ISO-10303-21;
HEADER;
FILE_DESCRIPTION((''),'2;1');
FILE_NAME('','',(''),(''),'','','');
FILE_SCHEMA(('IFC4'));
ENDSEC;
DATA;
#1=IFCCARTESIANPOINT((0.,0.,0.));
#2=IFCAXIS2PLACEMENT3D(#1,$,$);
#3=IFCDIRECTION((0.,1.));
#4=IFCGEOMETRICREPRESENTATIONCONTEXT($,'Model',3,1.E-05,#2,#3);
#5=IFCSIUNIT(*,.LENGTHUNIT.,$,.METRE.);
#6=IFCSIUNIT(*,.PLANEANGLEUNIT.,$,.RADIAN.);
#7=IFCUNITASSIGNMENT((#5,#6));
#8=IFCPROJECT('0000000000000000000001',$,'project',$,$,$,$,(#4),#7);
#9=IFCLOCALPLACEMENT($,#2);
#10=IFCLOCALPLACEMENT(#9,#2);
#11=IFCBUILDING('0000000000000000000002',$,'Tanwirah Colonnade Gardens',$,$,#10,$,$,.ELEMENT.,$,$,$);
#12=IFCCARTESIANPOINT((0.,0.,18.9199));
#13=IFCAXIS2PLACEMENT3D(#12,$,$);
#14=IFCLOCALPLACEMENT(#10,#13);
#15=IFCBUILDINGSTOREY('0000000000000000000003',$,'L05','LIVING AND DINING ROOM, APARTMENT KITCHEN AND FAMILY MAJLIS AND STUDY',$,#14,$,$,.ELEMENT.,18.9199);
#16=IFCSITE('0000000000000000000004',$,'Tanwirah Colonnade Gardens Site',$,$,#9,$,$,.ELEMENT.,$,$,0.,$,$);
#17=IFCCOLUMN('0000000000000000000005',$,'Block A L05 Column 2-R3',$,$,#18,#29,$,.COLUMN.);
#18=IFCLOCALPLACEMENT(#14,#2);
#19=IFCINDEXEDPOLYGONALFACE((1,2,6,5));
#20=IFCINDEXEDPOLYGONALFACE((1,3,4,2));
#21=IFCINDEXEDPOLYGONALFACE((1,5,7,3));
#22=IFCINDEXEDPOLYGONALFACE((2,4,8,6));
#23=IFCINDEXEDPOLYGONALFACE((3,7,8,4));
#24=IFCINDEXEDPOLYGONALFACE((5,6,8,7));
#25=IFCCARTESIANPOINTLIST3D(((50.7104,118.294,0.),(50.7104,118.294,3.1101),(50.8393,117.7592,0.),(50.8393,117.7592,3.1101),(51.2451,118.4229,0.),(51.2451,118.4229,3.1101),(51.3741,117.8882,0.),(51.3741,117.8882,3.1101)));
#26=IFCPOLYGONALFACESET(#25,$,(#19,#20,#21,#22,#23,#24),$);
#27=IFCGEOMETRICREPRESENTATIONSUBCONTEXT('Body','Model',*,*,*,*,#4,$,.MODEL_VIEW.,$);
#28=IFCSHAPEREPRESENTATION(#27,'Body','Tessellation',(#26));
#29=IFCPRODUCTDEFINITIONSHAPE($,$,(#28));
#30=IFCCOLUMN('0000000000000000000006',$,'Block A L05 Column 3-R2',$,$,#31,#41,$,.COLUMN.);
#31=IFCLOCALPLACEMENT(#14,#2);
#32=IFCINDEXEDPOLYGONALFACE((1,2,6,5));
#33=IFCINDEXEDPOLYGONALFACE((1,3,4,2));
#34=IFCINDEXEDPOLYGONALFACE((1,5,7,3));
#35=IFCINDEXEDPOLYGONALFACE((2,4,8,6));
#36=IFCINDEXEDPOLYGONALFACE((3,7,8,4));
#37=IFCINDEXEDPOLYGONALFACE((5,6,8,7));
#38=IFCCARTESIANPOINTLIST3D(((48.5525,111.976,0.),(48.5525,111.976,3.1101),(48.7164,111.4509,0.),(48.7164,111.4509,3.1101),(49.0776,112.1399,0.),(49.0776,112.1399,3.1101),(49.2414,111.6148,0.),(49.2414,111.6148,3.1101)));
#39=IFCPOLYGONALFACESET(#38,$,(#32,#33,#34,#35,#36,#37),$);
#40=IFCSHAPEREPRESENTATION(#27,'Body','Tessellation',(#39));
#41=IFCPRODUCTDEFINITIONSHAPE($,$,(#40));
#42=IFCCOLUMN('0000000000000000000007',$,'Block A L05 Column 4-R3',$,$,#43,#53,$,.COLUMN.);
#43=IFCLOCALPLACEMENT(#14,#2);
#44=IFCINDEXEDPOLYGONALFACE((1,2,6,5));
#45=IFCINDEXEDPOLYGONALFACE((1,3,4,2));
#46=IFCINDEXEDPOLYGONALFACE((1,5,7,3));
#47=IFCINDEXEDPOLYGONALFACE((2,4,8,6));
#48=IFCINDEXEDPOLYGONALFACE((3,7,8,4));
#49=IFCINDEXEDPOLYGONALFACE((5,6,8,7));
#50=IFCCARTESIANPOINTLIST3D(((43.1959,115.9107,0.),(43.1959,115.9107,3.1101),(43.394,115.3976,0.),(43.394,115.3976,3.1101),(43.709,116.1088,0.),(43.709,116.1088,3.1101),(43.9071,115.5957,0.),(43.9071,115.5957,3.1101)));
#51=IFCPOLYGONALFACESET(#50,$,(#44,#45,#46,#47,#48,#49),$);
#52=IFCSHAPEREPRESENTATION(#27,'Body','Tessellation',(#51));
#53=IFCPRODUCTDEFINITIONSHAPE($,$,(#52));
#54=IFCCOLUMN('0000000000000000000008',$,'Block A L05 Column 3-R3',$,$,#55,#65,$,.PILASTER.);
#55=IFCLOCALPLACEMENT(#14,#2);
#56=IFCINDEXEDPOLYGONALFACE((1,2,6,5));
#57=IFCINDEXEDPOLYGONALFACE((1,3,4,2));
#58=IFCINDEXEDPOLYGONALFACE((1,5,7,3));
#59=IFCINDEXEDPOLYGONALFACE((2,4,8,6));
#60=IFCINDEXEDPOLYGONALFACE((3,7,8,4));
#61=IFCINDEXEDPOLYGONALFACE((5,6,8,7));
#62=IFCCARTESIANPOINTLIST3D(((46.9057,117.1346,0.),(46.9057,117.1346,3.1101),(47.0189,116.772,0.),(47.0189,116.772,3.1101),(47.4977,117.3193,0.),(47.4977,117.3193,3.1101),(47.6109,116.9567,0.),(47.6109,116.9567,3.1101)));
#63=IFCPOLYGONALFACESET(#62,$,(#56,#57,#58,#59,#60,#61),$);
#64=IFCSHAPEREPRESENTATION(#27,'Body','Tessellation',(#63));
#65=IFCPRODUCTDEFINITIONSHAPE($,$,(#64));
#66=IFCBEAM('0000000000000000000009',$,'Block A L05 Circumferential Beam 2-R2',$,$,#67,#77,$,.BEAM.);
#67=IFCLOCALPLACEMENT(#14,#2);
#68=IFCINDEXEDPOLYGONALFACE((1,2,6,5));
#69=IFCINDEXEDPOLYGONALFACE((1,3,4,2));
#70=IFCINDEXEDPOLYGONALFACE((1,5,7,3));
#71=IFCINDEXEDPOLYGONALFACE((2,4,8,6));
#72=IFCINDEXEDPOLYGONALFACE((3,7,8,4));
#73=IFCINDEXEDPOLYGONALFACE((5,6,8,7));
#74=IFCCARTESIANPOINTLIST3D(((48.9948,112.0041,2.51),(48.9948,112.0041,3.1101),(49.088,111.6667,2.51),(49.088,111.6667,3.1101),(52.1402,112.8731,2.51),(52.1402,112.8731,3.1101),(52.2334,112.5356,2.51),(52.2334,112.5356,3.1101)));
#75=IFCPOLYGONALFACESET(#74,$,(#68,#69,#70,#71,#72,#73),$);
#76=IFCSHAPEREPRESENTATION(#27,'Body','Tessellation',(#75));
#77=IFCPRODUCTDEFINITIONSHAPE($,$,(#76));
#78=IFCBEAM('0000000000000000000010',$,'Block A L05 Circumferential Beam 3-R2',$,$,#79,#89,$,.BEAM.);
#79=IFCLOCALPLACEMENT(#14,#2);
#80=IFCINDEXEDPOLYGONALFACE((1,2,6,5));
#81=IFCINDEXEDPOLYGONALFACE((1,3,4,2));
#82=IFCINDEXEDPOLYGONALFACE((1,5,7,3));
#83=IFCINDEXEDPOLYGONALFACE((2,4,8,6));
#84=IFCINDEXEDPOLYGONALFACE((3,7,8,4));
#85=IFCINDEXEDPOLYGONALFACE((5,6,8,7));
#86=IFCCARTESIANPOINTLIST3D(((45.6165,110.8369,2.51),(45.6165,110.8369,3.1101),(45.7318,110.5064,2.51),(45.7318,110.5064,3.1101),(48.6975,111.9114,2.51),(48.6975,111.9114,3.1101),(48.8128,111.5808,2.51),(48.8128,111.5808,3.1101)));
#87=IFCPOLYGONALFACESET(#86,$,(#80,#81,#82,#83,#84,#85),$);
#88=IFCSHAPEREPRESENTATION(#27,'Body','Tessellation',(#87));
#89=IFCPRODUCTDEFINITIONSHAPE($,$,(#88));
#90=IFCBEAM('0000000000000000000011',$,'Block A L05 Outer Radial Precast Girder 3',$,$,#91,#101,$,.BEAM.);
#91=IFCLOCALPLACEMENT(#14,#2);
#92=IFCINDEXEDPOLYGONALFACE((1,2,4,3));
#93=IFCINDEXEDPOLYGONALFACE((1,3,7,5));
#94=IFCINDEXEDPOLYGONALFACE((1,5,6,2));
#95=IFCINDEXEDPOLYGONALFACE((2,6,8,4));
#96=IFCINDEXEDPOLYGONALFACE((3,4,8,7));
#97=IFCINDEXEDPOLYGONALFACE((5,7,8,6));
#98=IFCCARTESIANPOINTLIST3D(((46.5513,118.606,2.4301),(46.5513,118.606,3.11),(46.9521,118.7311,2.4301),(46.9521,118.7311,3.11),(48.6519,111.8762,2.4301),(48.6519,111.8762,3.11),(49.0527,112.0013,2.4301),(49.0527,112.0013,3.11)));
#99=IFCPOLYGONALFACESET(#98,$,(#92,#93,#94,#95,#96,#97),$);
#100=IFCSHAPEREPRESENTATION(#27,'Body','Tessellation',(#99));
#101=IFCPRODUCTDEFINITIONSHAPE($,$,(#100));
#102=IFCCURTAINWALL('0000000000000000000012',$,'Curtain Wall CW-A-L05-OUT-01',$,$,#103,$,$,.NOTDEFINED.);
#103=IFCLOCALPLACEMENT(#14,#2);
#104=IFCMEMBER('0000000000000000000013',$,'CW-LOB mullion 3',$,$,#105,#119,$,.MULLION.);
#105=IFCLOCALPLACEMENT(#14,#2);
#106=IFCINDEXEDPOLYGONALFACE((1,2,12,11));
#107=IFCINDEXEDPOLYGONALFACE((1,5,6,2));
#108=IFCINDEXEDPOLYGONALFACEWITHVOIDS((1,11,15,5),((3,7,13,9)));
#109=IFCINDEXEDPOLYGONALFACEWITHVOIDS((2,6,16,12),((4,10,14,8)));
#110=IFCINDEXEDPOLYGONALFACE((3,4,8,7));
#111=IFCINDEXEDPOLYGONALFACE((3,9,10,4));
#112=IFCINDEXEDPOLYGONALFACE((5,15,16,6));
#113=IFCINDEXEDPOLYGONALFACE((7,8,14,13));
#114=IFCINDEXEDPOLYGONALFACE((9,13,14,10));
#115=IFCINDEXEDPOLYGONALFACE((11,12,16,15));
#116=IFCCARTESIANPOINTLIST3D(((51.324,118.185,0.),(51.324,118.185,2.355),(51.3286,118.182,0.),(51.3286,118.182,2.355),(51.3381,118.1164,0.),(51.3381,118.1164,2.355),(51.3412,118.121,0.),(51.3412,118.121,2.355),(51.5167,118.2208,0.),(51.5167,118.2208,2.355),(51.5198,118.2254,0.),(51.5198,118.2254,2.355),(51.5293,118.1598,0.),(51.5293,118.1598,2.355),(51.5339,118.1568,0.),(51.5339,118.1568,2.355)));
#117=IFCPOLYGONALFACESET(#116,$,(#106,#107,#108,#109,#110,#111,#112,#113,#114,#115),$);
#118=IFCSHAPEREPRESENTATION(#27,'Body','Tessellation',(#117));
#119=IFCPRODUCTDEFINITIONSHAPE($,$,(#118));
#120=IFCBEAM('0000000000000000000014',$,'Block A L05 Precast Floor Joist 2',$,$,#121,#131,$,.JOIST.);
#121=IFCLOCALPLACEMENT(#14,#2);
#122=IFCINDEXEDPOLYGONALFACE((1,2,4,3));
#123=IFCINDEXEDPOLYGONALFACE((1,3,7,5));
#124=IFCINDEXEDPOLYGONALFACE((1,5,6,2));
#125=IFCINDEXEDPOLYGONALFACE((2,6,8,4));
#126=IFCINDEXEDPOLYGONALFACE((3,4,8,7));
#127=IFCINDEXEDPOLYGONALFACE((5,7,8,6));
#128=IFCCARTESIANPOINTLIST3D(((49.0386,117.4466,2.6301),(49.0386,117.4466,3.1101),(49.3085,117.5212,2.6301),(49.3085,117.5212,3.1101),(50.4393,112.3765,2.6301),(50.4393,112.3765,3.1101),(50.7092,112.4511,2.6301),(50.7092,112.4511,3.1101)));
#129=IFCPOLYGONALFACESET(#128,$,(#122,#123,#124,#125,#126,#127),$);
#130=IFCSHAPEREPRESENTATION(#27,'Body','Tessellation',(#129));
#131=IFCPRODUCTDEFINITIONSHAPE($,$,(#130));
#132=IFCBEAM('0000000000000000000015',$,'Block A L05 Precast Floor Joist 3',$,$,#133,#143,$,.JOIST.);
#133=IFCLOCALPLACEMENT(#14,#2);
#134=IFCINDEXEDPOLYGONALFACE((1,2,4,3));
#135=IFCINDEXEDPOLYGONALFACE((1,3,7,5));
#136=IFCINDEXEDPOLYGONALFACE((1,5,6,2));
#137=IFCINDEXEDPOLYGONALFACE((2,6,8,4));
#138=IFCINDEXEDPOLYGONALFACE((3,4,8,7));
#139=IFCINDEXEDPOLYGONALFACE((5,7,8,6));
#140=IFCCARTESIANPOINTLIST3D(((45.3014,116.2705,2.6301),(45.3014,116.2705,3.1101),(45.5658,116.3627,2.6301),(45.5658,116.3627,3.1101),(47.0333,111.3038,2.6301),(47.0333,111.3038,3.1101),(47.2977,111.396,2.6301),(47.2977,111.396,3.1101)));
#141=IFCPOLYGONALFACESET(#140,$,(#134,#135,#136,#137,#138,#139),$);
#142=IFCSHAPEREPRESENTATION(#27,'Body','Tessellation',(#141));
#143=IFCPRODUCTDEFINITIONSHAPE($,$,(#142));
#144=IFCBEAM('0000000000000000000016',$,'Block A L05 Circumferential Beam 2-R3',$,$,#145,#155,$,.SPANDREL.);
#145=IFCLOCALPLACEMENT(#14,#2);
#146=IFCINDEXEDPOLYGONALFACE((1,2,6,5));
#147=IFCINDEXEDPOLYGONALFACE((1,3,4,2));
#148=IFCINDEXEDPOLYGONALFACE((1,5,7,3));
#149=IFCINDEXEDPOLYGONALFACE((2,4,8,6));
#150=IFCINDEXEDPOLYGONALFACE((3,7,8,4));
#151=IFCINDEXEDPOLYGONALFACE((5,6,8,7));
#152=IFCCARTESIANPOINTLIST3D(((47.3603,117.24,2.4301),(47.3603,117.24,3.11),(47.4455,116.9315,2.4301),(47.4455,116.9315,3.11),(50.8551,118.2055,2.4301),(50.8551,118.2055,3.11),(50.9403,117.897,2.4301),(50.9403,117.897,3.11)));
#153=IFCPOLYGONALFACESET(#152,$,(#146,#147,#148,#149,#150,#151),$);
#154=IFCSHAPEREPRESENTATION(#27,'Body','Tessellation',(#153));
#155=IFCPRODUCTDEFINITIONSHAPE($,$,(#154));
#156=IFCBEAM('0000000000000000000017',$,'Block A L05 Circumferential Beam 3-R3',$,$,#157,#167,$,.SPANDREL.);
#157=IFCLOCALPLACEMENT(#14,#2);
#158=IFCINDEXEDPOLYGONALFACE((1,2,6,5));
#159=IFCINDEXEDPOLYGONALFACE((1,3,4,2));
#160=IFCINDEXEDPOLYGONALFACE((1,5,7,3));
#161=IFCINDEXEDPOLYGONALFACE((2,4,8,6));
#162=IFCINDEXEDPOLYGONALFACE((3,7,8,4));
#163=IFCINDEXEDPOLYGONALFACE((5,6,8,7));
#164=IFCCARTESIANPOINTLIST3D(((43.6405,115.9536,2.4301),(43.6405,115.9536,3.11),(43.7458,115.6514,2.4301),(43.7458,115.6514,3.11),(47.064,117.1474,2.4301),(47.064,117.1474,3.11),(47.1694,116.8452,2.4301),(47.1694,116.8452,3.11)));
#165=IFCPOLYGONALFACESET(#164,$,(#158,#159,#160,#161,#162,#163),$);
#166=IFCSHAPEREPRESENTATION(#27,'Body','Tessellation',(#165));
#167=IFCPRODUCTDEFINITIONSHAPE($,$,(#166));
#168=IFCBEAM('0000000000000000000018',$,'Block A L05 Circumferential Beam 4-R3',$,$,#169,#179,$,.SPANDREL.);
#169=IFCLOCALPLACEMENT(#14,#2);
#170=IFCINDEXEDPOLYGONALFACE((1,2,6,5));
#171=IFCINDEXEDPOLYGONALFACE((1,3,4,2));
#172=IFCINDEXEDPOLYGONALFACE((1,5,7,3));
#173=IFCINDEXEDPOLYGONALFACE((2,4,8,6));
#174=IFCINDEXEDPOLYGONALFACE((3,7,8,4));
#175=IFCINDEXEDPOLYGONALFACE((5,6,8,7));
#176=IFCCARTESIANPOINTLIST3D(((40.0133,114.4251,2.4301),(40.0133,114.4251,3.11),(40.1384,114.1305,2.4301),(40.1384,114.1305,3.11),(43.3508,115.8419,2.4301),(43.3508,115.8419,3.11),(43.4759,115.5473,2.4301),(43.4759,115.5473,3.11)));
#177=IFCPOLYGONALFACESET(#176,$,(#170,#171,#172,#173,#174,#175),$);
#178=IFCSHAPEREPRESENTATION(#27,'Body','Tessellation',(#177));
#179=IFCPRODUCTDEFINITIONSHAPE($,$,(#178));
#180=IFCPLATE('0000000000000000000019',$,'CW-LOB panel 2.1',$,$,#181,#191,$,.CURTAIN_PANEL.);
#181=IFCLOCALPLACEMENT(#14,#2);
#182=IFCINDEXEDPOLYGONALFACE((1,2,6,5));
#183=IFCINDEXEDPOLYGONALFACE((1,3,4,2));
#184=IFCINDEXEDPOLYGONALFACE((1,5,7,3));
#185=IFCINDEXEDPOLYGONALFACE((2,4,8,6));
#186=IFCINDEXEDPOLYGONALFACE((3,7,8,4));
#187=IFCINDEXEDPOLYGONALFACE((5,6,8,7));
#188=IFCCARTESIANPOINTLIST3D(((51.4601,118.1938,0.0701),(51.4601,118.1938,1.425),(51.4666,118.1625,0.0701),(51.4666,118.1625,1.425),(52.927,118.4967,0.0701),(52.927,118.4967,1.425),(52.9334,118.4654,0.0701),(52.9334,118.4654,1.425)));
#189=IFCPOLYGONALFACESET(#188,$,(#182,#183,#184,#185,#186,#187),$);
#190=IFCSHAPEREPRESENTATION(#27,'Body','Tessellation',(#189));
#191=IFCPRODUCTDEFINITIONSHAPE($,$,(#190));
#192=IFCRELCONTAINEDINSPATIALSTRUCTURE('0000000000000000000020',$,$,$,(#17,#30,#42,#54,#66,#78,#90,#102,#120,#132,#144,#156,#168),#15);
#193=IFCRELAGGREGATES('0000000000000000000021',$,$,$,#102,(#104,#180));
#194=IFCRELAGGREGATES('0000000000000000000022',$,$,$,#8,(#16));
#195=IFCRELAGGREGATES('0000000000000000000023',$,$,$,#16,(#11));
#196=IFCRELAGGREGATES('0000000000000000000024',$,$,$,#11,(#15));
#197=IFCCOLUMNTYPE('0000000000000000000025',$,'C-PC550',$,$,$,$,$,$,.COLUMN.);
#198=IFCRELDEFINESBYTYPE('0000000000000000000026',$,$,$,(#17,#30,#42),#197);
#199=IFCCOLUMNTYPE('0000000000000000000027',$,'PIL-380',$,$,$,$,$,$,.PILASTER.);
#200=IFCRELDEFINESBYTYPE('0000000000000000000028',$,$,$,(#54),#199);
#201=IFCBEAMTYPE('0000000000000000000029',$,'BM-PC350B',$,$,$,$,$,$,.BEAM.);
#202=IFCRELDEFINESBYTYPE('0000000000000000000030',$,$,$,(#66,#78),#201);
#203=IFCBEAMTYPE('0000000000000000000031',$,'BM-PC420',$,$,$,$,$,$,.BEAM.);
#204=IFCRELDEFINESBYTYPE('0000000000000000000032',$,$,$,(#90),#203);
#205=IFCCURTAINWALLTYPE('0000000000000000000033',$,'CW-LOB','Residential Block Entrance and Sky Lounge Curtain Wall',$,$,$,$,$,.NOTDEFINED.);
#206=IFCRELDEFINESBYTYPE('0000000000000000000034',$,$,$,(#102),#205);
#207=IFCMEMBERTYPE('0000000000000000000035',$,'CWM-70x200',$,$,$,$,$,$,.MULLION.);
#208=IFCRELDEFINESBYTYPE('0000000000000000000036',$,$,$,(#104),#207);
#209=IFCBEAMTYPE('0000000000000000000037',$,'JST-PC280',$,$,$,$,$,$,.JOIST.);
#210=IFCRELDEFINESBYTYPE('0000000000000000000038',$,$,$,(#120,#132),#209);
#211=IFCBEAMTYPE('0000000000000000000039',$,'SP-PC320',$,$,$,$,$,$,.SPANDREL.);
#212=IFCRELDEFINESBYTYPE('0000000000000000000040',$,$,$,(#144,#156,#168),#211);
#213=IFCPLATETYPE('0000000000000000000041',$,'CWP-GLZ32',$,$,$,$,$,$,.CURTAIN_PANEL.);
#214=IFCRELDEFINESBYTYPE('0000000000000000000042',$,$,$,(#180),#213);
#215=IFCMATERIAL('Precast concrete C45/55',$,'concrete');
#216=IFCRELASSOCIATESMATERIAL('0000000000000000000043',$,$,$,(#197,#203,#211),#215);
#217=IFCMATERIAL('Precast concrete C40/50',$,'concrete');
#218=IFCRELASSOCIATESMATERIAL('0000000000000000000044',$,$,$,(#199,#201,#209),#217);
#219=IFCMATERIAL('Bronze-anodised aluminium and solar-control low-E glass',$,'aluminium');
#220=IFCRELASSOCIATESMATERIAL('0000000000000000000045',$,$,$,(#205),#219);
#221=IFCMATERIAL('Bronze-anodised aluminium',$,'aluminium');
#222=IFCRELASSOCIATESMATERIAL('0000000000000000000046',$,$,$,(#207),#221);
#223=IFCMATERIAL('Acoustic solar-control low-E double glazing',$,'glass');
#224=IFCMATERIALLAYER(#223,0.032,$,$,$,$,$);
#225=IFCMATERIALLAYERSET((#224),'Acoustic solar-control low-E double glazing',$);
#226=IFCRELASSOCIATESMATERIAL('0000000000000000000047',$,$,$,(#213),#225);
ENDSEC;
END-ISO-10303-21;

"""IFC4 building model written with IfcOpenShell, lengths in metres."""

from ifc_helpers import new_model, si_unit, direction, frame, origin, origin_2d, place, context, subcontext, project, spatial, rectangle, hollow_rectangle, extrude, material, layer, layer_set, material_profile, profile_set, type_object, element, aggregate, save


model = new_model("IFC4")

# Units and contexts
model_context = context("Model", 3, precision=1e-05, world=origin(), true_north=direction((0.0, 1.0)))
body_context = subcontext(model_context, "Body", "Model", "MODEL_VIEW")
ifc_project = project(units=[si_unit("LENGTHUNIT", "METRE"), si_unit("PLANEANGLEUNIT", "RADIAN")], contexts=[model_context])

# Site, building, storey
site_placement = place(None, origin())
site = spatial("IfcSite", under=ifc_project, at=site_placement, Name="Tanwirah Colonnade Gardens Site", CompositionType="ELEMENT", RefElevation=0.0)
building_placement = place(site_placement, origin())
building = spatial("IfcBuilding", under=site, at=building_placement, Name="Tanwirah Colonnade Gardens", CompositionType="ELEMENT")
storey_placement = place(building_placement, frame((0.0, 0.0, 18.9199)))
storey = spatial("IfcBuildingStorey", under=building, at=storey_placement, Name="L05", Description="LIVING AND DINING ROOM, APARTMENT KITCHEN AND FAMILY MAJLIS AND STUDY", CompositionType="ELEMENT", Elevation=18.9199)

# Columns
ifc_material_1 = material(Name="Precast concrete C45/55", Category="concrete")
ifc_material_profile_1 = material_profile(ifc_material_1, rectangle(XDim=0.55, YDim=0.55, at=origin_2d()), Name="PC-COL 550x550")
ifc_profile_set_1 = profile_set([ifc_material_profile_1], Name="Precast concrete C45/55")
column_type_1 = type_object("IfcColumnType", Name="C-PC550", PredefinedType="COLUMN", material=ifc_profile_set_1)
for number, where, z_axis, x_axis, name in (
    (1, (51.0422, 118.0911, 0.0), (0.0, 0.0, 1.0), (-0.234388, 0.972143, 0.0), "Block A L05 Column 2-R3"),
    (2, (48.897, 111.7954, 0.0), (0.0, 0.0, 1.0), (-0.29793, 0.954588, 0.0), "Block A L05 Column 3-R2"),
    (3, (43.5515, 115.7532, 0.0), (0.0, 0.0, 1.0), (-0.360178, 0.932884, 0.0), "Block A L05 Column 4-R3"),
):
    element("IfcColumn", number, at=place(storey_placement, frame(where, z_axis=z_axis, x_axis=x_axis)), inside=storey, type_object=column_type_1, Name=name, PredefinedType="COLUMN", context=body_context, shape_type="SweptSolid", body=[
        extrude(rectangle(XDim=0.55, YDim=0.55, at=origin_2d()), origin(), (0.0, 0.0, 1.0), 3.1101),
    ])
ifc_material_2 = material(Name="Precast concrete C40/50", Category="concrete")
ifc_material_profile_2 = material_profile(ifc_material_2, rectangle(XDim=0.3799, YDim=0.6201, at=origin_2d()), Name="PC-PIL 380x620")
ifc_profile_set_2 = profile_set([ifc_material_profile_2], Name="Precast concrete C40/50")
column_type_2 = type_object("IfcColumnType", Name="PIL-380", PredefinedType="PILASTER", material=ifc_profile_set_2)
column_placement = place(storey_placement, frame((47.2583, 117.0457, 0.0), z_axis=(0.0, 0.0, 1.0), x_axis=(-0.29793, 0.954588, 0.0)))
element("IfcColumn", 4, at=column_placement, inside=storey, type_object=column_type_2, Name="Block A L05 Column 3-R3", PredefinedType="PILASTER", context=body_context, shape_type="SweptSolid", body=[
    extrude(rectangle(XDim=0.3799, YDim=0.6201, at=origin_2d()), origin(), (0.0, 0.0, 1.0), 3.1101),
])

# Beams
ifc_material_profile_3 = material_profile(ifc_material_2, rectangle(XDim=0.3501, YDim=0.6001, at=origin_2d()), Name="PC-BM 350x600")
ifc_profile_set_3 = profile_set([ifc_material_profile_3], Name="Precast concrete C40/50")
beam_type_1 = type_object("IfcBeamType", Name="BM-PC350B", PredefinedType="BEAM", material=ifc_profile_set_3)
beam_1_placement = place(storey_placement, frame((52.1868, 112.7043, 2.8101), z_axis=(-0.963895, -0.266281, 0.0), x_axis=(0.266281, -0.963895, 0.0)))
element("IfcBeam", 5, at=beam_1_placement, inside=storey, type_object=beam_type_1, Name="Block A L05 Circumferential Beam 2-R2", PredefinedType="BEAM", context=body_context, shape_type="SweptSolid", body=[
    extrude(rectangle(XDim=0.3501, YDim=0.6001, at=origin_2d()), origin(), (0.0, 0.0, 1.0), 3.2632),
])
beam_2_placement = place(storey_placement, frame((48.7551, 111.7461, 2.8101), z_axis=(-0.944231, -0.329284, 0.0), x_axis=(0.329284, -0.944231, 0.0)))
element("IfcBeam", 6, at=beam_2_placement, inside=storey, type_object=beam_type_1, Name="Block A L05 Circumferential Beam 3-R2", PredefinedType="BEAM", context=body_context, shape_type="SweptSolid", body=[
    extrude(rectangle(XDim=0.3501, YDim=0.6001, at=origin_2d()), origin(), (0.0, 0.0, 1.0), 3.2629),
])
ifc_material_profile_4 = material_profile(ifc_material_1, rectangle(XDim=0.4199, YDim=0.6799, at=origin_2d()), Name="PC-BM 420x680")
ifc_profile_set_4 = profile_set([ifc_material_profile_4], Name="Precast concrete C45/55")
beam_type_2 = type_object("IfcBeamType", Name="BM-PC420", PredefinedType="BEAM", material=ifc_profile_set_4)
beam_3_placement = place(storey_placement, frame((48.8523, 111.9387, 2.77), z_axis=(-0.297958, 0.954579, 0.0), x_axis=(-0.954579, -0.297958, 0.0)))
element("IfcBeam", 7, at=beam_3_placement, inside=storey, type_object=beam_type_2, Name="Block A L05 Outer Radial Precast Girder 3", PredefinedType="BEAM", context=body_context, shape_type="SweptSolid", body=[
    extrude(rectangle(XDim=0.4199, YDim=0.6799, at=origin_2d()), origin(), (0.0, 0.0, 1.0), 7.05),
])

# Curtain wall, member
ifc_material_3 = material(Name="Bronze-anodised aluminium and solar-control low-E glass", Category="aluminium")
curtain_wall_type = type_object("IfcCurtainWallType", Name="CW-LOB", Description="Residential Block Entrance and Sky Lounge Curtain Wall", PredefinedType="NOTDEFINED", material=ifc_material_3)
curtain_wall_placement = place(storey_placement, origin())
curtain_wall = element("IfcCurtainWall", 8, at=curtain_wall_placement, inside=storey, type_object=curtain_wall_type, Name="Curtain Wall CW-A-L05-OUT-01", PredefinedType="NOTDEFINED")
ifc_material_4 = material(Name="Bronze-anodised aluminium", Category="aluminium")
ifc_material_profile_5 = material_profile(ifc_material_4, hollow_rectangle(XDim=0.0701, YDim=0.2, WallThickness=0.0039, at=origin_2d()), Name="CW-MUL 70x200x4")
ifc_profile_set_5 = profile_set([ifc_material_profile_5], Name="Bronze-anodised aluminium")
member_type = type_object("IfcMemberType", Name="CWM-70x200", PredefinedType="MULLION", material=ifc_profile_set_5)
member_placement = place(storey_placement, frame((51.429, 118.1709, 0.0), z_axis=(0.0, 0.0, 1.0), x_axis=(0.202218, -0.979341, 0.0)))
member = element("IfcMember", 9, at=member_placement, type_object=member_type, Name="CW-LOB mullion 3", PredefinedType="MULLION", context=body_context, shape_type="SweptSolid", body=[
    extrude(hollow_rectangle(XDim=0.0701, YDim=0.2, WallThickness=0.0039, at=origin_2d()), origin(), (0.0, 0.0, 1.0), 2.355),
])

# Beams
ifc_material_profile_6 = material_profile(ifc_material_2, rectangle(XDim=0.28, YDim=0.48, at=origin_2d()), Name="PC-JST 280x480")
ifc_profile_set_6 = profile_set([ifc_material_profile_6], Name="Precast concrete C40/50")
beam_type_3 = type_object("IfcBeamType", Name="JST-PC280", PredefinedType="JOIST", material=ifc_profile_set_6)
for number, where, z_axis, x_axis, name in (
    (10, (50.5742, 112.4138, 2.8701), (-0.266281, 0.963895, 0.0), (-0.963895, -0.266281, 0.0), "Block A L05 Precast Floor Joist 2"),
    (11, (47.1655, 111.3499, 2.8701), (-0.329259, 0.94424, 0.0), (-0.94424, -0.329259, 0.0), "Block A L05 Precast Floor Joist 3"),
):
    element("IfcBeam", number, at=place(storey_placement, frame(where, z_axis=z_axis, x_axis=x_axis)), inside=storey, type_object=beam_type_3, Name=name, PredefinedType="JOIST", context=body_context, shape_type="SweptSolid", body=[
        extrude(rectangle(XDim=0.28, YDim=0.48, at=origin_2d()), origin(), (0.0, 0.0, 1.0), 5.26),
    ])
ifc_material_profile_7 = material_profile(ifc_material_1, rectangle(XDim=0.3201, YDim=0.6799, at=origin_2d()), Name="PC-SP 320x680")
ifc_profile_set_7 = profile_set([ifc_material_profile_7], Name="Precast concrete C45/55")
beam_type_4 = type_object("IfcBeamType", Name="SP-PC320", PredefinedType="SPANDREL", material=ifc_profile_set_7)
for number, where, z_axis, x_axis, name in (
    (12, (50.8977, 118.0513, 2.77), (-0.963888, -0.266307, 0.0), (0.266307, -0.963888, 0.0), "Block A L05 Circumferential Beam 2-R3"),
    (13, (47.1167, 116.9963, 2.77), (-0.944237, -0.329267, 0.0), (0.329267, -0.944237, 0.0), "Block A L05 Circumferential Beam 3-R3"),
    (14, (43.4133, 115.6946, 2.77), (-0.920494, -0.390756, 0.0), (0.390756, -0.920494, 0.0), "Block A L05 Circumferential Beam 4-R3"),
):
    element("IfcBeam", number, at=place(storey_placement, frame(where, z_axis=z_axis, x_axis=x_axis)), inside=storey, type_object=beam_type_4, Name=name, PredefinedType="SPANDREL", context=body_context, shape_type="SweptSolid", body=[
        extrude(rectangle(XDim=0.3201, YDim=0.6799, at=origin_2d()), origin(), (0.0, 0.0, 1.0), 3.6257),
    ])

# Plate
ifc_material_5 = material(Name="Acoustic solar-control low-E double glazing", Category="glass")
ifc_layer_1 = layer(ifc_material_5, 0.032)
ifc_layer_set_1 = layer_set([ifc_layer_1], Name="Acoustic solar-control low-E double glazing")
plate_type_1 = type_object("IfcPlateType", Name="CWP-GLZ32", PredefinedType="CURTAIN_PANEL", material=ifc_layer_set_1)
plate_1_placement = place(storey_placement, frame((52.1968, 118.3296, 0.0701), z_axis=(0.0, 0.0, 1.0), x_axis=(-0.979341, -0.202218, 0.0)))
plate_1 = element("IfcPlate", 15, at=plate_1_placement, type_object=plate_type_1, Name="CW-LOB panel 2.1", PredefinedType="CURTAIN_PANEL", context=body_context, shape_type="SweptSolid", body=[
    extrude(rectangle(XDim=1.4978, YDim=0.032, at=origin_2d()), origin(), (0.0, 0.0, 1.0), 1.355),
])
aggregate(curtain_wall, [member, plate_1])

save(model, "model.ifc")
